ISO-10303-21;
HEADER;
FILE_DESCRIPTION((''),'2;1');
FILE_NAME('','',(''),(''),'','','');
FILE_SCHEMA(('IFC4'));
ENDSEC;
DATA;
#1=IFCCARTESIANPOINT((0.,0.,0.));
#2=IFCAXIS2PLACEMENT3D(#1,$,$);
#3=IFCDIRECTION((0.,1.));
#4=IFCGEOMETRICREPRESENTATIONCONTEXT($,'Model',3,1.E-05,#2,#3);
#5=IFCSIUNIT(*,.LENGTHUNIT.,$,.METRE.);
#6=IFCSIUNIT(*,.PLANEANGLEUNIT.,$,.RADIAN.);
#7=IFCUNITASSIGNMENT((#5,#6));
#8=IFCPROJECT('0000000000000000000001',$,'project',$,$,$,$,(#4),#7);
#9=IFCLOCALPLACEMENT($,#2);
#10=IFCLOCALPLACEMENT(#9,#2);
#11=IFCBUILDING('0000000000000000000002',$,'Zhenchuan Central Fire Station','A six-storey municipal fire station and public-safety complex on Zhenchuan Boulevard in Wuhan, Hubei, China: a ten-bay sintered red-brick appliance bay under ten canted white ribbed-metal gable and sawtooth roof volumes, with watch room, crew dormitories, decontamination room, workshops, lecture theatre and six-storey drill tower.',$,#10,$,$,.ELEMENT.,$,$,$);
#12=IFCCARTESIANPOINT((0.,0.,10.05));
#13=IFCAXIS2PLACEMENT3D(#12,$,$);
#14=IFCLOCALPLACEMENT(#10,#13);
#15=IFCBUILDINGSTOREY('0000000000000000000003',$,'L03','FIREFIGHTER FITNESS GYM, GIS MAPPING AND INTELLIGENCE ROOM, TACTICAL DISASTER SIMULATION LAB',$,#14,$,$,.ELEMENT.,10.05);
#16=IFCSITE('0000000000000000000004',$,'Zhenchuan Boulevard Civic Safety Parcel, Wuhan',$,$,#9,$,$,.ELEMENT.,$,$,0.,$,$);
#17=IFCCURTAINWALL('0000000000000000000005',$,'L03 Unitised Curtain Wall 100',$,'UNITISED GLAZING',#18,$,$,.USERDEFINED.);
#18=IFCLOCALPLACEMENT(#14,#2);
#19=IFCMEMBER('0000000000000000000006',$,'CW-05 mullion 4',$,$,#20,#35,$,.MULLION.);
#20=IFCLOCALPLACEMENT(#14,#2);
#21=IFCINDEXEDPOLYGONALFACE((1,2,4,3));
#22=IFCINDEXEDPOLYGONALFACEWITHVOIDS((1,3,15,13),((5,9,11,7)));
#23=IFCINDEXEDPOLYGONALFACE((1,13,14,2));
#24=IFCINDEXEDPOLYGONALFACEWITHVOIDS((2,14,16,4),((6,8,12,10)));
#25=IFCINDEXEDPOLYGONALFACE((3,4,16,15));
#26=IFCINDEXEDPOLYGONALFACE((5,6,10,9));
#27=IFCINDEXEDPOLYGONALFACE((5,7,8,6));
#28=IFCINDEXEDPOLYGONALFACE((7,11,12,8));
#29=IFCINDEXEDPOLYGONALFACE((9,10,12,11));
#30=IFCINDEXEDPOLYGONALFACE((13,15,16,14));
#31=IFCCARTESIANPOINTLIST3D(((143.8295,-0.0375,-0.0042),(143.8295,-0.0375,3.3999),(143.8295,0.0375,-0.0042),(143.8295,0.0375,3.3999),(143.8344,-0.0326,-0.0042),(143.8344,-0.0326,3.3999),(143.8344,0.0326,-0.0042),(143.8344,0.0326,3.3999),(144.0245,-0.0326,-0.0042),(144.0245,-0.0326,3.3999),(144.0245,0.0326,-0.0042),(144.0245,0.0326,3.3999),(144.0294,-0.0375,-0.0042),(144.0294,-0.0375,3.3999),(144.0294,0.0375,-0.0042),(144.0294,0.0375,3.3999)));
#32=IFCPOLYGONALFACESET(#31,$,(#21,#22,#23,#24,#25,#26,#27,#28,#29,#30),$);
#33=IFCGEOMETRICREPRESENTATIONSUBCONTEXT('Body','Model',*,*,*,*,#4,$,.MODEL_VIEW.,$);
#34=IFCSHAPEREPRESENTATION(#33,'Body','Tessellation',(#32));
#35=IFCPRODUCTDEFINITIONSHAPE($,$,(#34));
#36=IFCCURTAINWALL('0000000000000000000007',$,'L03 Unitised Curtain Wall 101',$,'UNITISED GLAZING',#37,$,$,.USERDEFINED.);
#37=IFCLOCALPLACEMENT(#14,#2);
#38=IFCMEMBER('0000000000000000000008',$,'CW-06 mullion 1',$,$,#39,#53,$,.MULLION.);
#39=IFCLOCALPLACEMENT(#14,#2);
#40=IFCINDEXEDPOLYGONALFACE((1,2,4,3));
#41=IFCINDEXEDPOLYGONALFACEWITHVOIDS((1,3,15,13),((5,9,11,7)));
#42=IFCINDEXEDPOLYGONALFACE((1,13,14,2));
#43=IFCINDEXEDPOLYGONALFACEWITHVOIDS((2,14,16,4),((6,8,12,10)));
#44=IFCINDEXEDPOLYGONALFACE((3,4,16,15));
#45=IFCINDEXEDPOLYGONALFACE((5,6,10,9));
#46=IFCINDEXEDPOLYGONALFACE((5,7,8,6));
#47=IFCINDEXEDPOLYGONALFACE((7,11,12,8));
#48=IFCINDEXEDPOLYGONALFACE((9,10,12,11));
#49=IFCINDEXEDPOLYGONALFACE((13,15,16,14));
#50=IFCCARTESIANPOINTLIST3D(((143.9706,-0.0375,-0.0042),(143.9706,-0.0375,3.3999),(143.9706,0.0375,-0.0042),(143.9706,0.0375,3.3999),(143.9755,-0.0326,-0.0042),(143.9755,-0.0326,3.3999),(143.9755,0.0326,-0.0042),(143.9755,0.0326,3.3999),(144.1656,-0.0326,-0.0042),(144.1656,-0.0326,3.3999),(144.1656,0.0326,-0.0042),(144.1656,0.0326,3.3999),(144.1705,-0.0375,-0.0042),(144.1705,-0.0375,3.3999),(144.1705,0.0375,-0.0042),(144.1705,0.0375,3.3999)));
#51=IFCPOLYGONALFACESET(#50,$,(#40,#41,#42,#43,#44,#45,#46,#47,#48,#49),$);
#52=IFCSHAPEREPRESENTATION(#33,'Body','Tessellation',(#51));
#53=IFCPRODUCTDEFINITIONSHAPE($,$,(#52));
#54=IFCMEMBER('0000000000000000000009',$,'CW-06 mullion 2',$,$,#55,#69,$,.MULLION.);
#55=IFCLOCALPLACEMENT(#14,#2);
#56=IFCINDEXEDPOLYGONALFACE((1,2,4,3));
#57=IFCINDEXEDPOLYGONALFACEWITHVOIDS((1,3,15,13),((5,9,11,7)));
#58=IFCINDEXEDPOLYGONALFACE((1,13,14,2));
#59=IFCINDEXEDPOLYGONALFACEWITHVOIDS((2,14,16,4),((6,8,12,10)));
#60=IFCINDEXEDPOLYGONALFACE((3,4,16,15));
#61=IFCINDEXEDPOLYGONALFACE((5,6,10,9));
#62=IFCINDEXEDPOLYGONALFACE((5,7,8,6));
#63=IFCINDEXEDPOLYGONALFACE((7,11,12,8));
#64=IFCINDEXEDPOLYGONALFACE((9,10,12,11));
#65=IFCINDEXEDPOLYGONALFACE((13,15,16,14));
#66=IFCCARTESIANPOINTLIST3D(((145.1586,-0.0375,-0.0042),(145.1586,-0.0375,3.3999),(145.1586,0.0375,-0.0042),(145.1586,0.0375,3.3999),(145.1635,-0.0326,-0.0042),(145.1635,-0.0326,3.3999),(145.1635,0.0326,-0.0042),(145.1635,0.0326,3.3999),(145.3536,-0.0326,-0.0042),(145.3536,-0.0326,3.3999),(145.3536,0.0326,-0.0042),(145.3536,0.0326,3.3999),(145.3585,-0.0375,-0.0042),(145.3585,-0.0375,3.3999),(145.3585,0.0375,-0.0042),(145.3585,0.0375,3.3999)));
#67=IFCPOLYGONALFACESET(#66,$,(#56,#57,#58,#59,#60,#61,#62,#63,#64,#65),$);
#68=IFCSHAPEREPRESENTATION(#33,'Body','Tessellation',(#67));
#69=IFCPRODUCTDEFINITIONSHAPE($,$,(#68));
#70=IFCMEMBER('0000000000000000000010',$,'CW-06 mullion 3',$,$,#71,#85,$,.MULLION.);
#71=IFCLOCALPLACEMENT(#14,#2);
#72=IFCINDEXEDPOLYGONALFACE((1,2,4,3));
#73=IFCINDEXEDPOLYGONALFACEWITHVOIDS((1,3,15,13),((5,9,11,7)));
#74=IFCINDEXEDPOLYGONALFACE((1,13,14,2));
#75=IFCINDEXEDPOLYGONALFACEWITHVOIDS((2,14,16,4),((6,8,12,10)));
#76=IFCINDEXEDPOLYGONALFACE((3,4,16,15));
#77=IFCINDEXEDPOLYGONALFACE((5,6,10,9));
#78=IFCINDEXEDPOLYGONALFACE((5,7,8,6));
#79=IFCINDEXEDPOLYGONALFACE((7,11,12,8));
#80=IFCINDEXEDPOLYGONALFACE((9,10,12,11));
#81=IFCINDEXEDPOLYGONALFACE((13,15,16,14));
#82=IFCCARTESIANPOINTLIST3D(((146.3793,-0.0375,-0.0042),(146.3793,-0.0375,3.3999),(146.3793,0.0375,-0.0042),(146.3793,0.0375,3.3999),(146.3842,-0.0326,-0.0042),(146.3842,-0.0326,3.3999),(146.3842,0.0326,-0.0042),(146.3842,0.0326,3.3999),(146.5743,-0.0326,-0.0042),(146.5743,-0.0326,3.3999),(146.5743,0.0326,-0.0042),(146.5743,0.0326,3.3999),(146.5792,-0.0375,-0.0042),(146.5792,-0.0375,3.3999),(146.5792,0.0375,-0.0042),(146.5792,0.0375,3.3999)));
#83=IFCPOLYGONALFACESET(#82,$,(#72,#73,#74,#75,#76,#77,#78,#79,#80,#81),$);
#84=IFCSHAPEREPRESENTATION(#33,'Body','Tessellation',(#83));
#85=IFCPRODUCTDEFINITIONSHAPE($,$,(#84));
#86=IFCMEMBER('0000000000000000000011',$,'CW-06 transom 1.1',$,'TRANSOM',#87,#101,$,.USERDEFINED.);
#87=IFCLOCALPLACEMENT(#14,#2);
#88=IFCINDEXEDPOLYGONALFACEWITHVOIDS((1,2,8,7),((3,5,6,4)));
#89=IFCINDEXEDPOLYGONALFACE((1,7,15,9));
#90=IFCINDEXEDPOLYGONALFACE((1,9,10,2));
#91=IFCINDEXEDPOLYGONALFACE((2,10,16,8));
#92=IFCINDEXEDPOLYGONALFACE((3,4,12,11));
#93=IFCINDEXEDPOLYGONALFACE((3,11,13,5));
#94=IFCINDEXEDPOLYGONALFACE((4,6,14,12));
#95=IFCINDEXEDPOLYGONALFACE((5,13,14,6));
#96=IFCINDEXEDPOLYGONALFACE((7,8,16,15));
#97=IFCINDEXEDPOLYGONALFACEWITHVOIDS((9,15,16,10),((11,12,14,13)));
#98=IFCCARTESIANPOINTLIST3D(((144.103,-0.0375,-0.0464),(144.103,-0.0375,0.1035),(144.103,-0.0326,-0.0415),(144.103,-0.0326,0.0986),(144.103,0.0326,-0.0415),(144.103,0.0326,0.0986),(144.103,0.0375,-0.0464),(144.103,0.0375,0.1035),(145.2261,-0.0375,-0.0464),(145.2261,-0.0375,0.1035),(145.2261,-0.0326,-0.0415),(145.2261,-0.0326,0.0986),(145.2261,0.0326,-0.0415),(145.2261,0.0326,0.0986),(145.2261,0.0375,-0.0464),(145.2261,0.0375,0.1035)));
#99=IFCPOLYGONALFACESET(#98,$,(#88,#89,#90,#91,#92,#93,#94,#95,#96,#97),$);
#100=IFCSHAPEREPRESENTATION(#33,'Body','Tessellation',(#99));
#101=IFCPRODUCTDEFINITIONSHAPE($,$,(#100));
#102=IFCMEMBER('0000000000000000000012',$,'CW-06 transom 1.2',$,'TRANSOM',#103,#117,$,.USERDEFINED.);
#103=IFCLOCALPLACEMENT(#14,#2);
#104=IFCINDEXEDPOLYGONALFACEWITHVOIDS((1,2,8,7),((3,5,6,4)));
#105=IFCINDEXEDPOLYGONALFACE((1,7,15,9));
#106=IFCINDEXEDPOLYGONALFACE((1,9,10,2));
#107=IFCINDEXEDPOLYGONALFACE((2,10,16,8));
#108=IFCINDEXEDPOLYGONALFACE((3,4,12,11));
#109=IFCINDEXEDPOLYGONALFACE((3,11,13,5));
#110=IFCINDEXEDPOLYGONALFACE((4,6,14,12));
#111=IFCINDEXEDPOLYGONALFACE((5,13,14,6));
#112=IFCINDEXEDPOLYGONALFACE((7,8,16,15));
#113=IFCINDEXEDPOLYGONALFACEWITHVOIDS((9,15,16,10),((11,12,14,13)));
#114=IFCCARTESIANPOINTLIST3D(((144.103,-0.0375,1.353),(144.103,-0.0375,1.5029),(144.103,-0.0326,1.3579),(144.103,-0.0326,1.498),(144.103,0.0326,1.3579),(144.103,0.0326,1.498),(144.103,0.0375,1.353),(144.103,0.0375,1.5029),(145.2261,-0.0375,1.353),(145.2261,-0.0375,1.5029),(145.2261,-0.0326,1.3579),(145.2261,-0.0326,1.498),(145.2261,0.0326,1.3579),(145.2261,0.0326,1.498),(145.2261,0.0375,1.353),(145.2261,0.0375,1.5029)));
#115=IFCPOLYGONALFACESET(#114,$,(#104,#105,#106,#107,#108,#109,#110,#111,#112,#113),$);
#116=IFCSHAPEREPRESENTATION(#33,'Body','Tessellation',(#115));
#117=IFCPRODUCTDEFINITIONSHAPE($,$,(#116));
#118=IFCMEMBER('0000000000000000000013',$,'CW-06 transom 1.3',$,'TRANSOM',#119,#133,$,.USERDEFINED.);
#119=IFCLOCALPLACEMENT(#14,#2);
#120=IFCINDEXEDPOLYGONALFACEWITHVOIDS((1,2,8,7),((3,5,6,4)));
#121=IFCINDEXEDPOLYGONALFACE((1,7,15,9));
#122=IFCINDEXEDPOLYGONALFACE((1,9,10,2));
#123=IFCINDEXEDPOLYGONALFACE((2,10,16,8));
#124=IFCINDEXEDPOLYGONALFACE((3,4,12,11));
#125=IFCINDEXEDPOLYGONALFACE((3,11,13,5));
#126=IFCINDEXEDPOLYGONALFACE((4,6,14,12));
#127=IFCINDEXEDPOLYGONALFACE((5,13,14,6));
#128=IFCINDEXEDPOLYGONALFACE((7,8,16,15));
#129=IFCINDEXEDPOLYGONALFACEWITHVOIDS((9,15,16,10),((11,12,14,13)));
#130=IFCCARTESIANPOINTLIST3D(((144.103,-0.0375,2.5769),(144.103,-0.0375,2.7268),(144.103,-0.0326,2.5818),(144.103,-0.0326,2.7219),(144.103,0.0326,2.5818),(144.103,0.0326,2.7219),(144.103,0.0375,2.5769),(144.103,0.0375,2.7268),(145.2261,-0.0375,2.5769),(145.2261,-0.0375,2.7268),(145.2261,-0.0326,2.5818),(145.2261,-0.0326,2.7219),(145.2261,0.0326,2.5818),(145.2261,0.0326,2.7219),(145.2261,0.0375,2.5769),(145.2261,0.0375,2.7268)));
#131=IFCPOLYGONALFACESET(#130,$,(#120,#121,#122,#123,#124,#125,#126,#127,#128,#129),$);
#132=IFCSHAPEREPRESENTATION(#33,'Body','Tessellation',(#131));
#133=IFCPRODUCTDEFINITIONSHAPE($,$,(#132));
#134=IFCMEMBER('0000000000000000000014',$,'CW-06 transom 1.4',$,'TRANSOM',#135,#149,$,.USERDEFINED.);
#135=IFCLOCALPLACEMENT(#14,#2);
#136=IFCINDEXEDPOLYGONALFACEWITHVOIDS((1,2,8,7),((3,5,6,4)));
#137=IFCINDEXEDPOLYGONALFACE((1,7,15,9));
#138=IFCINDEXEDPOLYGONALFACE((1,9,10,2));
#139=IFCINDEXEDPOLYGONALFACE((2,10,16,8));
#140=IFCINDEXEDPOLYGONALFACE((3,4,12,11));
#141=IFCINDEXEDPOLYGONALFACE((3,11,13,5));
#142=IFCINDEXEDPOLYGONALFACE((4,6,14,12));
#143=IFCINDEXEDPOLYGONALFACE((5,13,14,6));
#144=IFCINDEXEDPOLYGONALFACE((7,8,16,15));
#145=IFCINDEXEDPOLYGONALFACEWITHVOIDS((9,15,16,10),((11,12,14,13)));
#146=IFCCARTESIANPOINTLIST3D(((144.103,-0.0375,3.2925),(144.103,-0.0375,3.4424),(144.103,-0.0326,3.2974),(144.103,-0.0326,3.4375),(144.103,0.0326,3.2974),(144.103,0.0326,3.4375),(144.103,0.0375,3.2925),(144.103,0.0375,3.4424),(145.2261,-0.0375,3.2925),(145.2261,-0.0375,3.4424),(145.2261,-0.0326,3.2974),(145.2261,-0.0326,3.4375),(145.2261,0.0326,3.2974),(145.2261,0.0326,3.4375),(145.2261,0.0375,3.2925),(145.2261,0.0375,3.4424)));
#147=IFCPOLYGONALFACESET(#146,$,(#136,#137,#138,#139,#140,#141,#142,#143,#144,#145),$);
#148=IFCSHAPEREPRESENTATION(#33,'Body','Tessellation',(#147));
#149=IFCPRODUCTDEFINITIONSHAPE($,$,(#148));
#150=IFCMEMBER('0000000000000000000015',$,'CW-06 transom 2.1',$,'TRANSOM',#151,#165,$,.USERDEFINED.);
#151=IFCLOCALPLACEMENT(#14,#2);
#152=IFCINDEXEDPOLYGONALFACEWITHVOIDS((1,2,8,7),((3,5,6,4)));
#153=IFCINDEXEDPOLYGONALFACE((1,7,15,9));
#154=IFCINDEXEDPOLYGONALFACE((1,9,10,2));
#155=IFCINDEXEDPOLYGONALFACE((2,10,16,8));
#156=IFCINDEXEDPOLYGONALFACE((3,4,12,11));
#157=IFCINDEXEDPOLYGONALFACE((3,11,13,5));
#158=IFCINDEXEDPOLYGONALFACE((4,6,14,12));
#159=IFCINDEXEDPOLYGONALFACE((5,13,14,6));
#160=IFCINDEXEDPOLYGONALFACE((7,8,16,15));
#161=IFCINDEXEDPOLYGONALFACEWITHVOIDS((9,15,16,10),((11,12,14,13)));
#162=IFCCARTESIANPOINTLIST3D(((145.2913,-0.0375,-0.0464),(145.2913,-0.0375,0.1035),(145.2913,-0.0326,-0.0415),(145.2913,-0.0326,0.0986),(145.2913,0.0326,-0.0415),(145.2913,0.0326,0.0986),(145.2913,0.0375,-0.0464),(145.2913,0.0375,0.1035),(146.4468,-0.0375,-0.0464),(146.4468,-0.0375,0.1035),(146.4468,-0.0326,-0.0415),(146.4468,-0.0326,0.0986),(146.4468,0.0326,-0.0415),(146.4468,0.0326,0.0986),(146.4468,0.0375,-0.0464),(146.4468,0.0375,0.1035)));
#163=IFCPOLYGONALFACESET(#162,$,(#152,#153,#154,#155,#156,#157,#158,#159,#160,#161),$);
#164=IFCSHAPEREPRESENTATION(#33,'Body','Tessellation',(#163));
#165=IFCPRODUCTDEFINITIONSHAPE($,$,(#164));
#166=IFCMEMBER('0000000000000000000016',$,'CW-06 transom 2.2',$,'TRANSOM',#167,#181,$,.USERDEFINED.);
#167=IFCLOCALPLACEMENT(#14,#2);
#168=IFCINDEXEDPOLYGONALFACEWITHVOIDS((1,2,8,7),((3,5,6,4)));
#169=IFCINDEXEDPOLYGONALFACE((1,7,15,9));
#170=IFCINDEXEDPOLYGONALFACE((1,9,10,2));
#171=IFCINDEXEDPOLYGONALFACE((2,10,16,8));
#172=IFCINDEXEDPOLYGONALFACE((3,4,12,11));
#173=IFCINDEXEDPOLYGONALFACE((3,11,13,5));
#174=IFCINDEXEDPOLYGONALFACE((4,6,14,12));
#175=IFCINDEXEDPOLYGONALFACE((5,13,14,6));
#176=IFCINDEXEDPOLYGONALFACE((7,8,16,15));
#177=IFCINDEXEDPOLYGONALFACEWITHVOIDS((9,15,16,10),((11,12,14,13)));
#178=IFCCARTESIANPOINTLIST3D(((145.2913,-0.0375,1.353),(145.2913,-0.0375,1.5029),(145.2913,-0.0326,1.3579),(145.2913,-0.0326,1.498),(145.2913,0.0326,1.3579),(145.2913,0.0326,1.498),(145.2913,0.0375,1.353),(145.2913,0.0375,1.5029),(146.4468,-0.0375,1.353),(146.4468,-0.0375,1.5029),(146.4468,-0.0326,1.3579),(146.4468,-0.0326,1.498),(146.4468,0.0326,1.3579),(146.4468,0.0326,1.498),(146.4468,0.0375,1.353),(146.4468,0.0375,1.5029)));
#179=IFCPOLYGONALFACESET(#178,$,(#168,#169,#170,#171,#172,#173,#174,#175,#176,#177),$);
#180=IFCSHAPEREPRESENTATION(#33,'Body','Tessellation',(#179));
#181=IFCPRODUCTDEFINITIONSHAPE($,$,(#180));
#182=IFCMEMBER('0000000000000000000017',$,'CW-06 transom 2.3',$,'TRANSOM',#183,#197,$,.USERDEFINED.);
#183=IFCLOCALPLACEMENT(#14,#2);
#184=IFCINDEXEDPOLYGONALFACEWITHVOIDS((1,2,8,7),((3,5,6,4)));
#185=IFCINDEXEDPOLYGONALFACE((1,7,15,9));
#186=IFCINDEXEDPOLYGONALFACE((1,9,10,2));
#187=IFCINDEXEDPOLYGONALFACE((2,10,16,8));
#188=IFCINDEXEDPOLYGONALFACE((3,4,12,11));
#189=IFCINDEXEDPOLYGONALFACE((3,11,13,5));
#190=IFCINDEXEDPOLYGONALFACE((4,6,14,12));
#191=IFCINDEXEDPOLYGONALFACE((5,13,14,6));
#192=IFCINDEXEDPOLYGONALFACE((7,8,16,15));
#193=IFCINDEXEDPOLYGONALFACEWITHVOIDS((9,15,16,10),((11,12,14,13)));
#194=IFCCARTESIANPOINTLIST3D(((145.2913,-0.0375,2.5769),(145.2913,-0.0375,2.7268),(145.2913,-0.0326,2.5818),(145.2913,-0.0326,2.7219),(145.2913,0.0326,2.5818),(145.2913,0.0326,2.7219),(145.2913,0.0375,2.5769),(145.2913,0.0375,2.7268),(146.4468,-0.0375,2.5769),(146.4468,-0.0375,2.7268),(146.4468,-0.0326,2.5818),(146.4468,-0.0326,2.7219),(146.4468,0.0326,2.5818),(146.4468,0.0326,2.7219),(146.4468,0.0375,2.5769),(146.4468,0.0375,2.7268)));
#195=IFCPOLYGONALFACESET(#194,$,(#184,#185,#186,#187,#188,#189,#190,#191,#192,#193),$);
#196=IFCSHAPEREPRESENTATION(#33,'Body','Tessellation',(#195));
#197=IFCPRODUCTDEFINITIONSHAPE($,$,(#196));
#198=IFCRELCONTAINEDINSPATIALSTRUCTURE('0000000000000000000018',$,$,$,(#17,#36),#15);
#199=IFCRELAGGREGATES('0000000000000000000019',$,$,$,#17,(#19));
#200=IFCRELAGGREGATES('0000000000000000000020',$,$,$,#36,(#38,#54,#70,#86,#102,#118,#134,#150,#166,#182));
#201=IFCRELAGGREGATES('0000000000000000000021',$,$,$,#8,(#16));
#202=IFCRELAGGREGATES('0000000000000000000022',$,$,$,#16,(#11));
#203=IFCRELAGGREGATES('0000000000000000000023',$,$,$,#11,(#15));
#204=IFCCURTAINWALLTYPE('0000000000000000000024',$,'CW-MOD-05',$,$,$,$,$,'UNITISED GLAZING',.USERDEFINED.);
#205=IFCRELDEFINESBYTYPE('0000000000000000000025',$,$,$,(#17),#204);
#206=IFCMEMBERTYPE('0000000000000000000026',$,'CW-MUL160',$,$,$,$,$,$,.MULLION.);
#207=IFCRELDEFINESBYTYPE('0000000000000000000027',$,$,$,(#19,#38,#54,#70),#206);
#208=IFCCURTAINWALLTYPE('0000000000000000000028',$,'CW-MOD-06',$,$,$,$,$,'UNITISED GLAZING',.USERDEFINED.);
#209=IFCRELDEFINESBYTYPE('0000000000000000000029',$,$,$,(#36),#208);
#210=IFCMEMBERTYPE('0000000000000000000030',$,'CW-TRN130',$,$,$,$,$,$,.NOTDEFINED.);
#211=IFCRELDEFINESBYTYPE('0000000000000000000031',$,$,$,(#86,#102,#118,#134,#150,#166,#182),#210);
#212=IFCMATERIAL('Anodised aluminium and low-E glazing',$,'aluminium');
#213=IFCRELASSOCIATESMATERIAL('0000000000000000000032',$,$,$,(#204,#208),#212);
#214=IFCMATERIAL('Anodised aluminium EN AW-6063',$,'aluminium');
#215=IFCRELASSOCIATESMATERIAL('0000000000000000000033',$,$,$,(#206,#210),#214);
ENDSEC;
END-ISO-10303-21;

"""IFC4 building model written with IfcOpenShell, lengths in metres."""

from ifc_helpers import new_model, si_unit, direction, frame, origin, origin_2d, place, context, subcontext, project, spatial, hollow_rectangle, extrude, material, material_profile, profile_set, type_object, element, aggregate, save


model = new_model("IFC4")

# Units and contexts
model_context = context("Model", 3, precision=1e-05, world=origin(), true_north=direction((0.0, 1.0)))
body_context = subcontext(model_context, "Body", "Model", "MODEL_VIEW")
ifc_project = project(units=[si_unit("LENGTHUNIT", "METRE"), si_unit("PLANEANGLEUNIT", "RADIAN")], contexts=[model_context])

# Site, building, storey
site_placement = place(None, origin())
site = spatial("IfcSite", under=ifc_project, at=site_placement, Name="Zhenchuan Boulevard Civic Safety Parcel, Wuhan", CompositionType="ELEMENT", RefElevation=0.0)
building_placement = place(site_placement, origin())
building = spatial("IfcBuilding", under=site, at=building_placement, Name="Zhenchuan Central Fire Station", Description="A six-storey municipal fire station and public-safety complex on Zhenchuan Boulevard in Wuhan, Hubei, China: a ten-bay sintered red-brick appliance bay under ten canted white ribbed-metal gable and sawtooth roof volumes, with watch room, crew dormitories, decontamination room, workshops, lecture theatre and six-storey drill tower.", CompositionType="ELEMENT")
storey_placement = place(building_placement, frame((0.0, 0.0, 10.05)))
storey = spatial("IfcBuildingStorey", under=building, at=storey_placement, Name="L03", Description="FIREFIGHTER FITNESS GYM, GIS MAPPING AND INTELLIGENCE ROOM, TACTICAL DISASTER SIMULATION LAB", CompositionType="ELEMENT", Elevation=10.05)

# Curtain wall, member
ifc_material_1 = material(Name="Anodised aluminium and low-E glazing", Category="aluminium")
curtain_wall_type_1 = type_object("IfcCurtainWallType", Name="CW-MOD-05", ElementType="UNITISED GLAZING", PredefinedType="USERDEFINED", material=ifc_material_1)
curtain_wall_1_placement = place(storey_placement, origin())
curtain_wall_1 = element("IfcCurtainWall", 1, at=curtain_wall_1_placement, inside=storey, type_object=curtain_wall_type_1, Name="L03 Unitised Curtain Wall 100", ObjectType="UNITISED GLAZING", PredefinedType="USERDEFINED")
ifc_material_2 = material(Name="Anodised aluminium EN AW-6063", Category="aluminium")
ifc_material_profile_1 = material_profile(ifc_material_2, hollow_rectangle(XDim=0.075, YDim=0.2, WallThickness=0.0049, at=origin_2d()), Name="ALU-M 200x75")
ifc_profile_set_1 = profile_set([ifc_material_profile_1], Name="Anodised aluminium EN AW-6063")
member_type_1 = type_object("IfcMemberType", Name="CW-MUL160", PredefinedType="MULLION", material=ifc_profile_set_1)
member_1_placement = place(storey_placement, frame((143.9294, 0.0, -0.0042), z_axis=(0.0, 0.0, 1.0), x_axis=(0.0, 1.0, 0.0)))
member_1 = element("IfcMember", 2, at=member_1_placement, type_object=member_type_1, Name="CW-05 mullion 4", PredefinedType="MULLION", context=body_context, shape_type="SweptSolid", body=[
    extrude(hollow_rectangle(XDim=0.075, YDim=0.2, WallThickness=0.0049, at=origin_2d()), origin(), (0.0, 0.0, 1.0), 3.4041),
])

# Curtain wall, members
curtain_wall_type_2 = type_object("IfcCurtainWallType", Name="CW-MOD-06", ElementType="UNITISED GLAZING", PredefinedType="USERDEFINED", material=ifc_material_1)
curtain_wall_2_placement = place(storey_placement, origin())
curtain_wall_2 = element("IfcCurtainWall", 3, at=curtain_wall_2_placement, inside=storey, type_object=curtain_wall_type_2, Name="L03 Unitised Curtain Wall 101", ObjectType="UNITISED GLAZING", PredefinedType="USERDEFINED")
member_2_placement = place(storey_placement, frame((144.0706, 0.0, -0.0042), z_axis=(0.0, 0.0, 1.0), x_axis=(0.0, 1.0, 0.0)))
member_2 = element("IfcMember", 4, at=member_2_placement, type_object=member_type_1, Name="CW-06 mullion 1", PredefinedType="MULLION", context=body_context, shape_type="SweptSolid", body=[
    extrude(hollow_rectangle(XDim=0.075, YDim=0.2, WallThickness=0.0049, at=origin_2d()), origin(), (0.0, 0.0, 1.0), 3.4041),
])
member_3_placement = place(storey_placement, frame((145.2585, 0.0, -0.0042), z_axis=(0.0, 0.0, 1.0), x_axis=(0.0, 1.0, 0.0)))
member_3 = element("IfcMember", 5, at=member_3_placement, type_object=member_type_1, Name="CW-06 mullion 2", PredefinedType="MULLION", context=body_context, shape_type="SweptSolid", body=[
    extrude(hollow_rectangle(XDim=0.075, YDim=0.2, WallThickness=0.0049, at=origin_2d()), origin(), (0.0, 0.0, 1.0), 3.4041),
])
member_4_placement = place(storey_placement, frame((146.4792, 0.0, -0.0042), z_axis=(0.0, 0.0, 1.0), x_axis=(0.0, 1.0, 0.0)))
member_4 = element("IfcMember", 6, at=member_4_placement, type_object=member_type_1, Name="CW-06 mullion 3", PredefinedType="MULLION", context=body_context, shape_type="SweptSolid", body=[
    extrude(hollow_rectangle(XDim=0.075, YDim=0.2, WallThickness=0.0049, at=origin_2d()), origin(), (0.0, 0.0, 1.0), 3.4041),
])
ifc_material_profile_2 = material_profile(ifc_material_2, hollow_rectangle(XDim=0.075, YDim=0.1499, WallThickness=0.0049, at=origin_2d()), Name="ALU-T 150x75")
ifc_profile_set_2 = profile_set([ifc_material_profile_2], Name="Anodised aluminium EN AW-6063")
member_type_2 = type_object("IfcMemberType", Name="CW-TRN130", PredefinedType="NOTDEFINED", material=ifc_profile_set_2)
member_5_placement = place(storey_placement, frame((144.103, 0.0, 0.0286), z_axis=(1.0, 0.0, 0.0), x_axis=(0.0, 1.0, 0.0)))
member_5 = element("IfcMember", 7, at=member_5_placement, type_object=member_type_2, Name="CW-06 transom 1.1", ObjectType="TRANSOM", PredefinedType="USERDEFINED", context=body_context, shape_type="SweptSolid", body=[
    extrude(hollow_rectangle(XDim=0.075, YDim=0.1499, WallThickness=0.0049, at=origin_2d()), origin(), (0.0, 0.0, 1.0), 1.123),
])
member_6_placement = place(storey_placement, frame((144.103, 0.0, 1.428), z_axis=(1.0, 0.0, 0.0), x_axis=(0.0, 1.0, 0.0)))
member_6 = element("IfcMember", 8, at=member_6_placement, type_object=member_type_2, Name="CW-06 transom 1.2", ObjectType="TRANSOM", PredefinedType="USERDEFINED", context=body_context, shape_type="SweptSolid", body=[
    extrude(hollow_rectangle(XDim=0.075, YDim=0.1499, WallThickness=0.0049, at=origin_2d()), origin(), (0.0, 0.0, 1.0), 1.123),
])
member_7_placement = place(storey_placement, frame((144.103, 0.0, 2.6519), z_axis=(1.0, 0.0, 0.0), x_axis=(0.0, 1.0, 0.0)))
member_7 = element("IfcMember", 9, at=member_7_placement, type_object=member_type_2, Name="CW-06 transom 1.3", ObjectType="TRANSOM", PredefinedType="USERDEFINED", context=body_context, shape_type="SweptSolid", body=[
    extrude(hollow_rectangle(XDim=0.075, YDim=0.1499, WallThickness=0.0049, at=origin_2d()), origin(), (0.0, 0.0, 1.0), 1.123),
])
member_8_placement = place(storey_placement, frame((144.103, 0.0, 3.3674), z_axis=(1.0, 0.0, 0.0), x_axis=(0.0, 1.0, 0.0)))
member_8 = element("IfcMember", 10, at=member_8_placement, type_object=member_type_2, Name="CW-06 transom 1.4", ObjectType="TRANSOM", PredefinedType="USERDEFINED", context=body_context, shape_type="SweptSolid", body=[
    extrude(hollow_rectangle(XDim=0.075, YDim=0.1499, WallThickness=0.0049, at=origin_2d()), origin(), (0.0, 0.0, 1.0), 1.123),
])
member_9_placement = place(storey_placement, frame((145.2913, 0.0, 0.0286), z_axis=(1.0, 0.0, 0.0), x_axis=(0.0, 1.0, 0.0)))
member_9 = element("IfcMember", 11, at=member_9_placement, type_object=member_type_2, Name="CW-06 transom 2.1", ObjectType="TRANSOM", PredefinedType="USERDEFINED", context=body_context, shape_type="SweptSolid", body=[
    extrude(hollow_rectangle(XDim=0.075, YDim=0.1499, WallThickness=0.0049, at=origin_2d()), origin(), (0.0, 0.0, 1.0), 1.1555),
])
member_10_placement = place(storey_placement, frame((145.2913, 0.0, 1.428), z_axis=(1.0, 0.0, 0.0), x_axis=(0.0, 1.0, 0.0)))
member_10 = element("IfcMember", 12, at=member_10_placement, type_object=member_type_2, Name="CW-06 transom 2.2", ObjectType="TRANSOM", PredefinedType="USERDEFINED", context=body_context, shape_type="SweptSolid", body=[
    extrude(hollow_rectangle(XDim=0.075, YDim=0.1499, WallThickness=0.0049, at=origin_2d()), origin(), (0.0, 0.0, 1.0), 1.1555),
])
member_11_placement = place(storey_placement, frame((145.2913, 0.0, 2.6519), z_axis=(1.0, 0.0, 0.0), x_axis=(0.0, 1.0, 0.0)))
member_11 = element("IfcMember", 13, at=member_11_placement, type_object=member_type_2, Name="CW-06 transom 2.3", ObjectType="TRANSOM", PredefinedType="USERDEFINED", context=body_context, shape_type="SweptSolid", body=[
    extrude(hollow_rectangle(XDim=0.075, YDim=0.1499, WallThickness=0.0049, at=origin_2d()), origin(), (0.0, 0.0, 1.0), 1.1555),
])

aggregate(curtain_wall_1, [member_1])
aggregate(curtain_wall_2, [member_2, member_3, member_4, member_5, member_6, member_7, member_8, member_9, member_10, member_11])

save(model, "model.ifc")
